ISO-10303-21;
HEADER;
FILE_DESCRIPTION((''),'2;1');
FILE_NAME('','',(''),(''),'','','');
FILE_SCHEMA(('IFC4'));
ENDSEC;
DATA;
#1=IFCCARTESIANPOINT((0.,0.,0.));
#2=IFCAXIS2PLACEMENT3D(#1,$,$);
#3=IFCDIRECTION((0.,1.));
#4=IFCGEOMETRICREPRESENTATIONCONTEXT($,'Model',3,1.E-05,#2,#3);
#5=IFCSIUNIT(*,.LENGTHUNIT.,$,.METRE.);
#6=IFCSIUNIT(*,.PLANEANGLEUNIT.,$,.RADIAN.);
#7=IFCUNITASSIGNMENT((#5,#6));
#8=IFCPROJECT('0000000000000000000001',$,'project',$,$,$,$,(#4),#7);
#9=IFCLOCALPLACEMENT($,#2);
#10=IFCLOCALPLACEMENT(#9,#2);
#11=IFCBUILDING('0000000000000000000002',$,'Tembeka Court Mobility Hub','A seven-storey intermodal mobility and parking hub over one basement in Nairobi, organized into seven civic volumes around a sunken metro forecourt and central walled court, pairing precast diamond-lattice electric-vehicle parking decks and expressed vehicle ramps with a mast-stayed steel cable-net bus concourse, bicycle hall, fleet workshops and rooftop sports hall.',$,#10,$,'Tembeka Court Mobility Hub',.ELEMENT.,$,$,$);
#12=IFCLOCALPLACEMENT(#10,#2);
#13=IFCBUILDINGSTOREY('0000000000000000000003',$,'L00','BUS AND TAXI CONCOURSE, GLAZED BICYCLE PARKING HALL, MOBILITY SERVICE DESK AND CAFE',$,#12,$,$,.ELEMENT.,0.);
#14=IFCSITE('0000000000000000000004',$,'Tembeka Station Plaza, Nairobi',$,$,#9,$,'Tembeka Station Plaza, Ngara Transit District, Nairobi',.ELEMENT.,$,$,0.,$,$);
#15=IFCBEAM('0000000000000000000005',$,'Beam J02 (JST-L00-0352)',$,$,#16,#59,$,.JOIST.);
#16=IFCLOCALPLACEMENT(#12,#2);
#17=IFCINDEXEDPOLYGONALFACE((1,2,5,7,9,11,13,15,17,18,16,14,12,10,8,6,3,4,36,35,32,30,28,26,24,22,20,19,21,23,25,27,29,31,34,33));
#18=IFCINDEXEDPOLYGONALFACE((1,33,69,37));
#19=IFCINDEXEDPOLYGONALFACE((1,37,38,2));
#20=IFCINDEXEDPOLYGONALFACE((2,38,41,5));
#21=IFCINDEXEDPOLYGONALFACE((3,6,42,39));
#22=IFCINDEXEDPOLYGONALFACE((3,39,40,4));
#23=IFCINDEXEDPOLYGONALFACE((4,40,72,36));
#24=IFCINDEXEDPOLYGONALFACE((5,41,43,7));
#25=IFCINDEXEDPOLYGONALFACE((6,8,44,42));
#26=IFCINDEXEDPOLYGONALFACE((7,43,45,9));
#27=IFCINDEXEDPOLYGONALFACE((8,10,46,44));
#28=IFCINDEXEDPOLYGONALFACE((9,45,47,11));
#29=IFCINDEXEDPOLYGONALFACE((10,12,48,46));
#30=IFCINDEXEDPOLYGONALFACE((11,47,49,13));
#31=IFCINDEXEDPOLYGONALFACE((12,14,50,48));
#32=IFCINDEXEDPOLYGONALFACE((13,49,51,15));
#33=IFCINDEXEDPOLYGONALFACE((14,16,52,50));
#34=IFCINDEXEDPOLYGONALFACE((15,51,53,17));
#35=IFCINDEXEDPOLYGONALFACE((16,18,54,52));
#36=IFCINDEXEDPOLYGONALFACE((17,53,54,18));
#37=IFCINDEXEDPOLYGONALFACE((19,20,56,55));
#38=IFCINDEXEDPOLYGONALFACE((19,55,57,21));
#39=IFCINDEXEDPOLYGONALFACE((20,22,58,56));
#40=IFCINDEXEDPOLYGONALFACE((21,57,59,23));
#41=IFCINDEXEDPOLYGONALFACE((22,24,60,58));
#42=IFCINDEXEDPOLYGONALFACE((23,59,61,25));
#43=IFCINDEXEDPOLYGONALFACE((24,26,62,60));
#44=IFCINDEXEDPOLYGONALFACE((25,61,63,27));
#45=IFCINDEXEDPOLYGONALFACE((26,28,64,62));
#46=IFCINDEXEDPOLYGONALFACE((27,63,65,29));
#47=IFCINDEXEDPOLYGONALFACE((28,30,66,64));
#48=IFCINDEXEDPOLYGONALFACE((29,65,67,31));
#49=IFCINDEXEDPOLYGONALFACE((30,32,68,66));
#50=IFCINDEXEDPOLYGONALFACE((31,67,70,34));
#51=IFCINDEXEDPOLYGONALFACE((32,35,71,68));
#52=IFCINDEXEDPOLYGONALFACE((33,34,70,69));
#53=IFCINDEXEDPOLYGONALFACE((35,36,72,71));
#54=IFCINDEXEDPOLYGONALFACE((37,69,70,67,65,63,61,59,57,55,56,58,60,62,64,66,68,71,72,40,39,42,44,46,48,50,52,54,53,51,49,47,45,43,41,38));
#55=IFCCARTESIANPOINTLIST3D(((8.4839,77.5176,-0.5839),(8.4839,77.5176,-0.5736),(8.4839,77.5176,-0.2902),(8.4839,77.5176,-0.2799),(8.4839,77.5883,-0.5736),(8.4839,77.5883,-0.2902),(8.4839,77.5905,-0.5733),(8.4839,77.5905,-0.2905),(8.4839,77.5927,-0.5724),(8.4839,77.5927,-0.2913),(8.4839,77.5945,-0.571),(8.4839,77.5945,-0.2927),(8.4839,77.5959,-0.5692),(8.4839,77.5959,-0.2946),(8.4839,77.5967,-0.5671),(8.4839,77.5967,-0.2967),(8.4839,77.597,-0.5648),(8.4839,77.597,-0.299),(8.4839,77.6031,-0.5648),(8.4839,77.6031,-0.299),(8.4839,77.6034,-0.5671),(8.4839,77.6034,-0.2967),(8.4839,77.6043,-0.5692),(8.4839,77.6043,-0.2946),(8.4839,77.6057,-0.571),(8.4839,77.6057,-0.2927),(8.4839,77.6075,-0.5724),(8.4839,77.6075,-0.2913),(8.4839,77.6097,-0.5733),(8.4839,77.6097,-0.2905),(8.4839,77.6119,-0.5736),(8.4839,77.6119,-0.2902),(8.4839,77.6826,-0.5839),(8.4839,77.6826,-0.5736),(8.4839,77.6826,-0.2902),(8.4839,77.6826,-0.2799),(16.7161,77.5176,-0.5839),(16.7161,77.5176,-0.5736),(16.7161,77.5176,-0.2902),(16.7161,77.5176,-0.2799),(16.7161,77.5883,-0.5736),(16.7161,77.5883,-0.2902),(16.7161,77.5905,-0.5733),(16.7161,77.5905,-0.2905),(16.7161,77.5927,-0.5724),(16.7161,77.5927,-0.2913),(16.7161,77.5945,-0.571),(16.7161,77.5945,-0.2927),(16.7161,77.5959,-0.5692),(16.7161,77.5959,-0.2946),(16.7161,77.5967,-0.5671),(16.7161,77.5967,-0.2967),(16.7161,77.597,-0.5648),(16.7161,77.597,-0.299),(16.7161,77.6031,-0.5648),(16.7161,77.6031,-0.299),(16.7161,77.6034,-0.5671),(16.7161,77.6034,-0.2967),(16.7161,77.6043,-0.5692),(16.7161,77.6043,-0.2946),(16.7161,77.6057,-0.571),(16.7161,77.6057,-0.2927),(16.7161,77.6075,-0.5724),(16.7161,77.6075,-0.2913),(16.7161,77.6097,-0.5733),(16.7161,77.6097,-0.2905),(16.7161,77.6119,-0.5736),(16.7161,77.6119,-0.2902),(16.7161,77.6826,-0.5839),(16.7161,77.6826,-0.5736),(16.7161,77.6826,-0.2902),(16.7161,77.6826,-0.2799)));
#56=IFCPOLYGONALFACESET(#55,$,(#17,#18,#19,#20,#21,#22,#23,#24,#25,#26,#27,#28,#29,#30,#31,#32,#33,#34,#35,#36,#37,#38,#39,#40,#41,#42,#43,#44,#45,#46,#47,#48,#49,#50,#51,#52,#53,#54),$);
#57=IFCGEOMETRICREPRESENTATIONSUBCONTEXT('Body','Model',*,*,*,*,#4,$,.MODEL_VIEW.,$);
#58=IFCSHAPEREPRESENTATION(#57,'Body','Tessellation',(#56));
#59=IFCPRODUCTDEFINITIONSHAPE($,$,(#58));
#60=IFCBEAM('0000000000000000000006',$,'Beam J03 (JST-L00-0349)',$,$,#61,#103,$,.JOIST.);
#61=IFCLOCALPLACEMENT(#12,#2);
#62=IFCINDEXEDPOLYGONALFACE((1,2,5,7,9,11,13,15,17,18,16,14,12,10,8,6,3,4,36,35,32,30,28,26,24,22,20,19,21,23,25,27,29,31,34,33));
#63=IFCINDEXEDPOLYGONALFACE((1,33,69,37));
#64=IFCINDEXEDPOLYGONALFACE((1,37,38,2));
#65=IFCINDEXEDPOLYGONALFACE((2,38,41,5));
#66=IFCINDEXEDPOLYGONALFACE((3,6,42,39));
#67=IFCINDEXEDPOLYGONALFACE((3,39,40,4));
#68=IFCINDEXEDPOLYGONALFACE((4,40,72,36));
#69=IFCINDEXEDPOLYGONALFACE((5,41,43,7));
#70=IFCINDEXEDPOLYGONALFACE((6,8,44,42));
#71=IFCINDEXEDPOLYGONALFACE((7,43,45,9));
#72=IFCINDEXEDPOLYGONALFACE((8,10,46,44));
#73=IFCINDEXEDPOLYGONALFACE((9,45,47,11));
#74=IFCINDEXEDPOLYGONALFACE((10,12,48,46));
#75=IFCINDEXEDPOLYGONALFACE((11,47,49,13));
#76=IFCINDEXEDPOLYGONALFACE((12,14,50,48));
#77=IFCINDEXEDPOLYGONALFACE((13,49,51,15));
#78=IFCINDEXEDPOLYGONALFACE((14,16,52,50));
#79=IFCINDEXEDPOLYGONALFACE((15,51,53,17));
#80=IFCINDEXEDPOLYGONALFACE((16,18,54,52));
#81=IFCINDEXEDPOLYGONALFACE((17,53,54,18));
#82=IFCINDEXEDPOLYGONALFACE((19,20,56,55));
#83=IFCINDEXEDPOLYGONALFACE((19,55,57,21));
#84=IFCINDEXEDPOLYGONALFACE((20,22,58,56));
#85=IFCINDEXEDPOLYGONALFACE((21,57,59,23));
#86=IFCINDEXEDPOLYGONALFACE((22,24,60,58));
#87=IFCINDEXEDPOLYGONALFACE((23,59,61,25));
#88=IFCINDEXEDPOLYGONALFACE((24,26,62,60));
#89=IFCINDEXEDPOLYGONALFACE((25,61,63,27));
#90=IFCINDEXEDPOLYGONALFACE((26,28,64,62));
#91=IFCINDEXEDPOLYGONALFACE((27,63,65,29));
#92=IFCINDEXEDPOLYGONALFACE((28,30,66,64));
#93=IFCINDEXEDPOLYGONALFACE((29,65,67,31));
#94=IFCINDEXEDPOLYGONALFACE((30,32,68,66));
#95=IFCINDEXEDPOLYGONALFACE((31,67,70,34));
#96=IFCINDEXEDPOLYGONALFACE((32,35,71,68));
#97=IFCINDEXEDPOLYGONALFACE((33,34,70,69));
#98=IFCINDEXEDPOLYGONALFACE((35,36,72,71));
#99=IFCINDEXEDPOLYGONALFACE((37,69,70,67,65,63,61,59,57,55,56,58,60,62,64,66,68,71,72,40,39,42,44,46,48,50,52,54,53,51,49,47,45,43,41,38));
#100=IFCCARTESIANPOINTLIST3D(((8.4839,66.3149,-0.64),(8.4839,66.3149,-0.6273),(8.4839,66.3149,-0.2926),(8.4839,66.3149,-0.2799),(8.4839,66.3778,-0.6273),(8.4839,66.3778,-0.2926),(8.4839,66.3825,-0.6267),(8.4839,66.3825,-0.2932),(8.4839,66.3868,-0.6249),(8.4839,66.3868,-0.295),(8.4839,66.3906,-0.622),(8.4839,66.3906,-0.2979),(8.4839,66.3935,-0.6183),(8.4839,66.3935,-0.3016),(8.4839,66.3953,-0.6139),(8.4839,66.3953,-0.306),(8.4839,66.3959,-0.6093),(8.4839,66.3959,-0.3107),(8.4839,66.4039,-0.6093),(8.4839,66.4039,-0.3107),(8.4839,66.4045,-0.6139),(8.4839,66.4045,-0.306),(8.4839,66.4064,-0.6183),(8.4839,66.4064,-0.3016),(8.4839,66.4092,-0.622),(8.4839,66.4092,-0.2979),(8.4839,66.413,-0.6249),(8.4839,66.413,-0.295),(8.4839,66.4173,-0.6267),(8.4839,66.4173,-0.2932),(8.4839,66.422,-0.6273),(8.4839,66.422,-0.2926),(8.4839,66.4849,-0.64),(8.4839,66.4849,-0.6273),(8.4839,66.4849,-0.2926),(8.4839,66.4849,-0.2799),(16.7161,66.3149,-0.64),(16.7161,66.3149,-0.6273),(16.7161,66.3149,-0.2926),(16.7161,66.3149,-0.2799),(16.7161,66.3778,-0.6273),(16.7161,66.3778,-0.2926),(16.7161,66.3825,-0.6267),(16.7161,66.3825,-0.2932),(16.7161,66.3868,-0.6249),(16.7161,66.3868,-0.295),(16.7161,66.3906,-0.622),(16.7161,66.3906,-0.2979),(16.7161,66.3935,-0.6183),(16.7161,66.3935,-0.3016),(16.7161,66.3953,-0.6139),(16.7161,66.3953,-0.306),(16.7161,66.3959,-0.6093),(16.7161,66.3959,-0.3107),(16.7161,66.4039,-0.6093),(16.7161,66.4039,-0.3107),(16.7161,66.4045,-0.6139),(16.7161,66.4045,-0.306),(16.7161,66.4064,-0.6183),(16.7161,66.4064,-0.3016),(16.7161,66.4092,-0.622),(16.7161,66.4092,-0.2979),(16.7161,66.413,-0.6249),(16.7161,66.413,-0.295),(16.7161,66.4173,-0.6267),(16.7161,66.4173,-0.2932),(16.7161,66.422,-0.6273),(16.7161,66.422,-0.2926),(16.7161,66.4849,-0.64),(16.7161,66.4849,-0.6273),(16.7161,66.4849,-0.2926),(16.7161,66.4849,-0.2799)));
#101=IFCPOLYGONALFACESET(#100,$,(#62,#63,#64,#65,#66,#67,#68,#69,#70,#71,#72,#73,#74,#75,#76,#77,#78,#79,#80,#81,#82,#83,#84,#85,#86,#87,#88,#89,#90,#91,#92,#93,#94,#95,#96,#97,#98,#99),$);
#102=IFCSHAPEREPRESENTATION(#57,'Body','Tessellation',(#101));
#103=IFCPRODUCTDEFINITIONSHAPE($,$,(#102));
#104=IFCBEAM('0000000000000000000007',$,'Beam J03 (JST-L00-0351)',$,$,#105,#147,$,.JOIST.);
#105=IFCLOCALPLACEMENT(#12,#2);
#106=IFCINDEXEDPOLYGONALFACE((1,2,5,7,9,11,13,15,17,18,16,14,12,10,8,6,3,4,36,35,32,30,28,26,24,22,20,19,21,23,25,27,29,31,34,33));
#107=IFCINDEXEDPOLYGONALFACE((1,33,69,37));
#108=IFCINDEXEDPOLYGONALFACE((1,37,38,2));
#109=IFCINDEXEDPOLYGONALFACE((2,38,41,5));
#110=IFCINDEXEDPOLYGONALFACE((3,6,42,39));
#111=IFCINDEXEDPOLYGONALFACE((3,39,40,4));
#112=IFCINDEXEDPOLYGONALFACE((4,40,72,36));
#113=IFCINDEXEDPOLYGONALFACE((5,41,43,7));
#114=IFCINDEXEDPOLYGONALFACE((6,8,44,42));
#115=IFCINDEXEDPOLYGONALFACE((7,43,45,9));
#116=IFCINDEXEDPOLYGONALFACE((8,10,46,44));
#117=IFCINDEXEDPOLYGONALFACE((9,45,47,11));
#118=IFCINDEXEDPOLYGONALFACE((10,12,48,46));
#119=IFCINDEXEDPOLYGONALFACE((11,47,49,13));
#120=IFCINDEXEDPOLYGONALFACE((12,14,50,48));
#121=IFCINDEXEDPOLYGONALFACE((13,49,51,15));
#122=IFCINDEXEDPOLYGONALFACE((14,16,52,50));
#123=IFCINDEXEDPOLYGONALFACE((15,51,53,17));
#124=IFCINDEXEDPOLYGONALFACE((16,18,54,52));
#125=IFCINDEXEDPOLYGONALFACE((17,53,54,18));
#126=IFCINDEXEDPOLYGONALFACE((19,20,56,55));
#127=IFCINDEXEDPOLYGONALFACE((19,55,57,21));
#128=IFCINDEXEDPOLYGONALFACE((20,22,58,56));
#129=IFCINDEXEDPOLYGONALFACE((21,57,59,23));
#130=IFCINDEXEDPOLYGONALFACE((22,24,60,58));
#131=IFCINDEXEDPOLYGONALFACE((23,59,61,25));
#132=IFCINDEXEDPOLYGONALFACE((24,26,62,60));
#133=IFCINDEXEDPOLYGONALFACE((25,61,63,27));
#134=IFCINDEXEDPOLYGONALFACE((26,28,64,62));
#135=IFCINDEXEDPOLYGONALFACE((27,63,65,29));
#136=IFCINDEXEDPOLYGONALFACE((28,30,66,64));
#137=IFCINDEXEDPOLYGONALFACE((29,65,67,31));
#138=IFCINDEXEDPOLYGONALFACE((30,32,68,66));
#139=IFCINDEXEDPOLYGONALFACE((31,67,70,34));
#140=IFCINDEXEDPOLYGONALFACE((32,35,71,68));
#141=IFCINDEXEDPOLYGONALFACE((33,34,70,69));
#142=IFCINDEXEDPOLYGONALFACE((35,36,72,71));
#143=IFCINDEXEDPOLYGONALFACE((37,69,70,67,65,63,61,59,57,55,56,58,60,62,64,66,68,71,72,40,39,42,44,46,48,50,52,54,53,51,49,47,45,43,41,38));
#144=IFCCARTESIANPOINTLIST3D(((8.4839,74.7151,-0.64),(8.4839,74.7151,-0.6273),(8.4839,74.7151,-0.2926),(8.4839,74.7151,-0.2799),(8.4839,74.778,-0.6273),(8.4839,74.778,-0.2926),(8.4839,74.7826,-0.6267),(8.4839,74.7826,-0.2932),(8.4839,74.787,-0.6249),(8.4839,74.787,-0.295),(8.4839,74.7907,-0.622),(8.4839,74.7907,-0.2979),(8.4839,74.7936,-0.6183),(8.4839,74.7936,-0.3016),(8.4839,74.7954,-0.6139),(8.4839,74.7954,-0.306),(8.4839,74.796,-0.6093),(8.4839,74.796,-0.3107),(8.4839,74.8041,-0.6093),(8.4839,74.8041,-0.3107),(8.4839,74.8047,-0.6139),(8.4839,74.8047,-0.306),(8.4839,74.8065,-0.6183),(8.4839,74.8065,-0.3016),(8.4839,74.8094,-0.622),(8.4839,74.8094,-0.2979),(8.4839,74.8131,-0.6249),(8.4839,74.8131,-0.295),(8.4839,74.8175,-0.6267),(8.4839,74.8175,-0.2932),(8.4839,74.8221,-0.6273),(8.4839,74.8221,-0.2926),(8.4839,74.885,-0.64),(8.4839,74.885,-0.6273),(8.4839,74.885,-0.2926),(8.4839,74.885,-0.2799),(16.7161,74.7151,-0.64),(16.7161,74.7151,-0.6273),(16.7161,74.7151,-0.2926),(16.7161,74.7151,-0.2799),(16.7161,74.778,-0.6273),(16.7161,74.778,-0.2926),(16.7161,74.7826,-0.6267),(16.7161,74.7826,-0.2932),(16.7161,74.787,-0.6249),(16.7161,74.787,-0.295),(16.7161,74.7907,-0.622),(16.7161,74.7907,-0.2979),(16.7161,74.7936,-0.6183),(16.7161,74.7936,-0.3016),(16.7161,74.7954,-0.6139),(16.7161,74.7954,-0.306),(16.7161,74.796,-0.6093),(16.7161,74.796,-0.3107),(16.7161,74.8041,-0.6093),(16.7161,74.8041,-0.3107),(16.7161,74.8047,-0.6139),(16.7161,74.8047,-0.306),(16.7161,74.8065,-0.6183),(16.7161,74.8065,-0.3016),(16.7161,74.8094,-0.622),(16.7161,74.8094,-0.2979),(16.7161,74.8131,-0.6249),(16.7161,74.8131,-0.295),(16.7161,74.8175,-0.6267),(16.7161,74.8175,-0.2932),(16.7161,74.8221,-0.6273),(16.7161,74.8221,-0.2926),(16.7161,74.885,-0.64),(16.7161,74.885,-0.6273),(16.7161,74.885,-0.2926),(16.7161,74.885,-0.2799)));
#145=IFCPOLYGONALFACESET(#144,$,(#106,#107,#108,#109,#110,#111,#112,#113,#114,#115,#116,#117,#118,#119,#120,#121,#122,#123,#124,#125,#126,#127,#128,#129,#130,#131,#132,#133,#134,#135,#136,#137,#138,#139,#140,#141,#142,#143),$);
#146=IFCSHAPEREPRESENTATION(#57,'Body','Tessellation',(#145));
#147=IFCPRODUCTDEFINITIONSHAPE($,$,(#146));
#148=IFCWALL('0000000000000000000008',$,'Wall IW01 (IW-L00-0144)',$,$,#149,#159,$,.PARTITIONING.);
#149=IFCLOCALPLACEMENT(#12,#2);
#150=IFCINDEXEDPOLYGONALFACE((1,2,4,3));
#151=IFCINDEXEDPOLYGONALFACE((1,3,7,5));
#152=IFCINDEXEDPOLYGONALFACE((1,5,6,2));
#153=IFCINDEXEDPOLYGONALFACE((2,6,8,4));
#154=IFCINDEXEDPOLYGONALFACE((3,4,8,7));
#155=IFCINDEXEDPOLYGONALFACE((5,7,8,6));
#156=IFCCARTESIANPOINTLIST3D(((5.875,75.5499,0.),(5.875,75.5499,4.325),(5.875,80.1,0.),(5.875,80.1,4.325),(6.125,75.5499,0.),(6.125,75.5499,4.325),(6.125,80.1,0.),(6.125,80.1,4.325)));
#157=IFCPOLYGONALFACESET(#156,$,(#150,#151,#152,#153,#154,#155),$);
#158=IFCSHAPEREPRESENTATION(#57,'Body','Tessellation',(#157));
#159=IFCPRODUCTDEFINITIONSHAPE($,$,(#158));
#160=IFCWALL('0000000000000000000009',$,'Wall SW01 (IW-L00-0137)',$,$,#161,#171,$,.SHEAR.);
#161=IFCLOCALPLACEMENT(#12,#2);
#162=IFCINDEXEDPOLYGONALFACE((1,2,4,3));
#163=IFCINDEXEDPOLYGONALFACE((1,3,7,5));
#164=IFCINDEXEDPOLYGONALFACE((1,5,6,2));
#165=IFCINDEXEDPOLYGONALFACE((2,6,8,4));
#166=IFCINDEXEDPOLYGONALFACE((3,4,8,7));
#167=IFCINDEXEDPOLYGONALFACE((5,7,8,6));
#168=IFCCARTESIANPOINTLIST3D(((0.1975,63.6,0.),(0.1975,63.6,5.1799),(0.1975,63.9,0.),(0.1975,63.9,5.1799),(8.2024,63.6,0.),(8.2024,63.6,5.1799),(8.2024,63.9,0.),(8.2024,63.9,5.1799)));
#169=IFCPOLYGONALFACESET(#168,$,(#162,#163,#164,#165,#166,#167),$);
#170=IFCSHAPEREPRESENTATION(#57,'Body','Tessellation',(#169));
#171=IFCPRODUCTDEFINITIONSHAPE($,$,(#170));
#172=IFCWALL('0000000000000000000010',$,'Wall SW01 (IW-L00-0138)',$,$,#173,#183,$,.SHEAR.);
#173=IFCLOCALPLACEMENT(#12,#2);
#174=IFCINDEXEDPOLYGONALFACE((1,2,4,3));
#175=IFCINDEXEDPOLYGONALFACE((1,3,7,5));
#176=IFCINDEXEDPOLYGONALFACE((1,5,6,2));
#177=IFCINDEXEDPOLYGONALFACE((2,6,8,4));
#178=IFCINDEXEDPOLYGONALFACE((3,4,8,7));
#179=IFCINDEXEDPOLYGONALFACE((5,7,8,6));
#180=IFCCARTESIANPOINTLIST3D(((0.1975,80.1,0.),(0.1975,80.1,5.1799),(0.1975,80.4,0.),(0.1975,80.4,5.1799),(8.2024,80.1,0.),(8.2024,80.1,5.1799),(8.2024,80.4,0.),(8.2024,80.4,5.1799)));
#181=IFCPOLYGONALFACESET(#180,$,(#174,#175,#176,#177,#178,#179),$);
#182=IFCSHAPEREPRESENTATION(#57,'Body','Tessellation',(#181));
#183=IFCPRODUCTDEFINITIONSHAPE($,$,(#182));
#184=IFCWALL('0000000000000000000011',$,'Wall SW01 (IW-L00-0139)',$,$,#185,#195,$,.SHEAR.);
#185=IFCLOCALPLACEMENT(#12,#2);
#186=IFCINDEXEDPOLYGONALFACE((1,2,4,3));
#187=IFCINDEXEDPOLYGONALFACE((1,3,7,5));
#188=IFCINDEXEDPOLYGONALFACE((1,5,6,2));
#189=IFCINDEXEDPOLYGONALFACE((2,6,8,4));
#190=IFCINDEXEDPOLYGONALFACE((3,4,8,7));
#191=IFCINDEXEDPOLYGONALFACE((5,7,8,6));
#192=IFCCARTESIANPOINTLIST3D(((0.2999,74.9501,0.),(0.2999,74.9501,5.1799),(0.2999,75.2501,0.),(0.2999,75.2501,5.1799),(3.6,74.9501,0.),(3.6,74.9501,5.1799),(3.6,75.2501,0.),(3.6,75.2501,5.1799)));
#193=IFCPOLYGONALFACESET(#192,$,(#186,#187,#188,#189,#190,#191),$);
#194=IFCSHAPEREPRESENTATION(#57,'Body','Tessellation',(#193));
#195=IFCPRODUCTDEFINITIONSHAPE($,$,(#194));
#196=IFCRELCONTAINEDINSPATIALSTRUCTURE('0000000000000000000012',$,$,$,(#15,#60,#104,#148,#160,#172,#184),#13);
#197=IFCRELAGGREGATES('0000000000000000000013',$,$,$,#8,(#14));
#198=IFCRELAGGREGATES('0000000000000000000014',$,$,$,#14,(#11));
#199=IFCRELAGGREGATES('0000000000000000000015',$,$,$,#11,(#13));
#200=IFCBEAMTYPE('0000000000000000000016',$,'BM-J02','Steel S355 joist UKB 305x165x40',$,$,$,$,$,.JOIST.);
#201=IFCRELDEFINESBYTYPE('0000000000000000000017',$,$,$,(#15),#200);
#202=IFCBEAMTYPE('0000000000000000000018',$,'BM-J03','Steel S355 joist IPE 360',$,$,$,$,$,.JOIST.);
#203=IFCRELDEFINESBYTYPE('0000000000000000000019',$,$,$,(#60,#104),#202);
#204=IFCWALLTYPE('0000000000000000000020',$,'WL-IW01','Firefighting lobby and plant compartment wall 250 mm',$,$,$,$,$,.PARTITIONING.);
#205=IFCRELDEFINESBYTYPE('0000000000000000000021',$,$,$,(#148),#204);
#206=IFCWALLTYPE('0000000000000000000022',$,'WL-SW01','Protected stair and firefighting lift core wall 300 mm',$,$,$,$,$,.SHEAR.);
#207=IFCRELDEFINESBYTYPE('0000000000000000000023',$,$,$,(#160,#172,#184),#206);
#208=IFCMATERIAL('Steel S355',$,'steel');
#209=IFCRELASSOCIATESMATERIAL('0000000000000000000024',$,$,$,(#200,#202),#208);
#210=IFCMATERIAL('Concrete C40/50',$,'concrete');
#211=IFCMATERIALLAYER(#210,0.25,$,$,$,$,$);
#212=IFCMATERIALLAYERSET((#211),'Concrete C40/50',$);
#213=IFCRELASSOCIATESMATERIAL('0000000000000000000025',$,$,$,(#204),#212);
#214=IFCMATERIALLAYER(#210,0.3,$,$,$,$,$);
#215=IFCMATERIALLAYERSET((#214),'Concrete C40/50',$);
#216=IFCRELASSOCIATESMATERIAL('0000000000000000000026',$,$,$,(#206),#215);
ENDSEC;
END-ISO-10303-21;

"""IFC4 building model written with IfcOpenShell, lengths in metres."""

from ifc_helpers import new_model, si_unit, direction, frame, frame_2d, origin, origin_2d, place, context, subcontext, project, spatial, rectangle, i_section, extrude, material, layer, layer_set, material_profile, profile_set, type_object, element, save


model = new_model("IFC4")

# Units and contexts
model_context = context("Model", 3, precision=1e-05, world=origin(), true_north=direction((0.0, 1.0)))
body_context = subcontext(model_context, "Body", "Model", "MODEL_VIEW")
ifc_project = project(units=[si_unit("LENGTHUNIT", "METRE"), si_unit("PLANEANGLEUNIT", "RADIAN")], contexts=[model_context])

# Site, building, storey
site_placement = place(None, origin())
site = spatial("IfcSite", under=ifc_project, at=site_placement, Name="Tembeka Station Plaza, Nairobi", LongName="Tembeka Station Plaza, Ngara Transit District, Nairobi", CompositionType="ELEMENT", RefElevation=0.0)
building_placement = place(site_placement, origin())
building = spatial("IfcBuilding", under=site, at=building_placement, Name="Tembeka Court Mobility Hub", Description="A seven-storey intermodal mobility and parking hub over one basement in Nairobi, organized into seven civic volumes around a sunken metro forecourt and central walled court, pairing precast diamond-lattice electric-vehicle parking decks and expressed vehicle ramps with a mast-stayed steel cable-net bus concourse, bicycle hall, fleet workshops and rooftop sports hall.", LongName="Tembeka Court Mobility Hub", CompositionType="ELEMENT")
storey_placement = place(building_placement, origin())
storey = spatial("IfcBuildingStorey", under=building, at=storey_placement, Name="L00", Description="BUS AND TAXI CONCOURSE, GLAZED BICYCLE PARKING HALL, MOBILITY SERVICE DESK AND CAFE", CompositionType="ELEMENT", Elevation=0.0)

# Shared definitions
ifc_material_1 = material(Name="Steel S355", Category="steel")

# Beams
ifc_material_profile_1 = material_profile(ifc_material_1, i_section(OverallWidth=0.165, OverallDepth=0.304, WebThickness=0.0061, FlangeThickness=0.0103, FilletRadius=0.0088, at=origin_2d()), Name="UKB 305x165x40")
ifc_profile_set_1 = profile_set([ifc_material_profile_1], Name="Steel S355")
beam_type_1 = type_object("IfcBeamType", Name="BM-J02", Description="Steel S355 joist UKB 305x165x40", PredefinedType="JOIST", material=ifc_profile_set_1)
for number, where, z_axis, x_axis, name in (
    (1, (8.4839, 77.6001, -0.4319), (1.0, 0.0, 0.0), (0.0, 1.0, 0.0), "Beam J02 (JST-L00-0352)"),
):
    element("IfcBeam", number, at=place(storey_placement, frame(where, z_axis=z_axis, x_axis=x_axis)), inside=storey, type_object=beam_type_1, Name=name, PredefinedType="JOIST", context=body_context, shape_type="SweptSolid", body=[
        extrude(i_section(OverallWidth=0.165, OverallDepth=0.304, WebThickness=0.0061, FlangeThickness=0.0103, FilletRadius=0.0088, at=origin_2d()), origin(), (0.0, 0.0, 1.0), 8.2322),
    ])
ifc_material_profile_2 = material_profile(ifc_material_1, i_section(OverallWidth=0.1699, OverallDepth=0.3601, WebThickness=0.0081, FlangeThickness=0.0127, FilletRadius=0.0181, at=origin_2d()), Name="IPE 360")
ifc_profile_set_2 = profile_set([ifc_material_profile_2], Name="Steel S355")
beam_type_2 = type_object("IfcBeamType", Name="BM-J03", Description="Steel S355 joist IPE 360", PredefinedType="JOIST", material=ifc_profile_set_2)
for number, where, z_axis, x_axis, name in (
    (2, (8.4839, 66.3999, -0.46), (1.0, 0.0, 0.0), (0.0, 1.0, 0.0), "Beam J03 (JST-L00-0349)"),
    (3, (8.4839, 74.8, -0.46), (1.0, 0.0, 0.0), (0.0, 1.0, 0.0), "Beam J03 (JST-L00-0351)"),
):
    element("IfcBeam", number, at=place(storey_placement, frame(where, z_axis=z_axis, x_axis=x_axis)), inside=storey, type_object=beam_type_2, Name=name, PredefinedType="JOIST", context=body_context, shape_type="SweptSolid", body=[
        extrude(i_section(OverallWidth=0.1699, OverallDepth=0.3601, WebThickness=0.0081, FlangeThickness=0.0127, FilletRadius=0.0181, at=origin_2d()), origin(), (0.0, 0.0, 1.0), 8.2322),
    ])

# Walls
ifc_material_2 = material(Name="Concrete C40/50", Category="concrete")
ifc_layer_1 = layer(ifc_material_2, 0.25)
ifc_layer_set_1 = layer_set([ifc_layer_1], Name="Concrete C40/50")
wall_type_1 = type_object("IfcWallType", Name="WL-IW01", Description="Firefighting lobby and plant compartment wall 250 mm", PredefinedType="PARTITIONING", material=ifc_layer_set_1)
wall_1_placement = place(storey_placement, frame((6.0, 75.55, 0.0), z_axis=(0.0, 0.0, 1.0), x_axis=(0.0, 1.0, 0.0)))
element("IfcWall", 4, at=wall_1_placement, inside=storey, type_object=wall_type_1, Name="Wall IW01 (IW-L00-0144)", PredefinedType="PARTITIONING", context=body_context, shape_type="SweptSolid", body=[
    extrude(rectangle(XDim=4.55, YDim=0.25, at=frame_2d((2.2749, 0.0))), origin(), (0.0, 0.0, 1.0), 4.325),
])
ifc_layer_2 = layer(ifc_material_2, 0.3)
ifc_layer_set_2 = layer_set([ifc_layer_2], Name="Concrete C40/50")
wall_type_2 = type_object("IfcWallType", Name="WL-SW01", Description="Protected stair and firefighting lift core wall 300 mm", PredefinedType="SHEAR", material=ifc_layer_set_2)
for number, where, z_axis, x_axis, name in (
    (5, (0.1975, 63.75, 0.0), (0.0, 0.0, 1.0), (1.0, 0.0, 0.0), "Wall SW01 (IW-L00-0137)"),
    (6, (0.1975, 80.25, 0.0), (0.0, 0.0, 1.0), (1.0, 0.0, 0.0), "Wall SW01 (IW-L00-0138)"),
):
    element("IfcWall", number, at=place(storey_placement, frame(where, z_axis=z_axis, x_axis=x_axis)), inside=storey, type_object=wall_type_2, Name=name, PredefinedType="SHEAR", context=body_context, shape_type="SweptSolid", body=[
        extrude(rectangle(XDim=8.0049, YDim=0.3, at=frame_2d((4.0024, 0.0))), origin(), (0.0, 0.0, 1.0), 5.1799),
    ])
wall_2_placement = place(storey_placement, frame((0.3, 75.1001, 0.0), z_axis=(0.0, 0.0, 1.0), x_axis=(1.0, 0.0, 0.0)))
element("IfcWall", 7, at=wall_2_placement, inside=storey, type_object=wall_type_2, Name="Wall SW01 (IW-L00-0139)", PredefinedType="SHEAR", context=body_context, shape_type="SweptSolid", body=[
    extrude(rectangle(XDim=3.3, YDim=0.3, at=frame_2d((1.6499, 0.0))), origin(), (0.0, 0.0, 1.0), 5.1799),
])

save(model, "model.ifc")
